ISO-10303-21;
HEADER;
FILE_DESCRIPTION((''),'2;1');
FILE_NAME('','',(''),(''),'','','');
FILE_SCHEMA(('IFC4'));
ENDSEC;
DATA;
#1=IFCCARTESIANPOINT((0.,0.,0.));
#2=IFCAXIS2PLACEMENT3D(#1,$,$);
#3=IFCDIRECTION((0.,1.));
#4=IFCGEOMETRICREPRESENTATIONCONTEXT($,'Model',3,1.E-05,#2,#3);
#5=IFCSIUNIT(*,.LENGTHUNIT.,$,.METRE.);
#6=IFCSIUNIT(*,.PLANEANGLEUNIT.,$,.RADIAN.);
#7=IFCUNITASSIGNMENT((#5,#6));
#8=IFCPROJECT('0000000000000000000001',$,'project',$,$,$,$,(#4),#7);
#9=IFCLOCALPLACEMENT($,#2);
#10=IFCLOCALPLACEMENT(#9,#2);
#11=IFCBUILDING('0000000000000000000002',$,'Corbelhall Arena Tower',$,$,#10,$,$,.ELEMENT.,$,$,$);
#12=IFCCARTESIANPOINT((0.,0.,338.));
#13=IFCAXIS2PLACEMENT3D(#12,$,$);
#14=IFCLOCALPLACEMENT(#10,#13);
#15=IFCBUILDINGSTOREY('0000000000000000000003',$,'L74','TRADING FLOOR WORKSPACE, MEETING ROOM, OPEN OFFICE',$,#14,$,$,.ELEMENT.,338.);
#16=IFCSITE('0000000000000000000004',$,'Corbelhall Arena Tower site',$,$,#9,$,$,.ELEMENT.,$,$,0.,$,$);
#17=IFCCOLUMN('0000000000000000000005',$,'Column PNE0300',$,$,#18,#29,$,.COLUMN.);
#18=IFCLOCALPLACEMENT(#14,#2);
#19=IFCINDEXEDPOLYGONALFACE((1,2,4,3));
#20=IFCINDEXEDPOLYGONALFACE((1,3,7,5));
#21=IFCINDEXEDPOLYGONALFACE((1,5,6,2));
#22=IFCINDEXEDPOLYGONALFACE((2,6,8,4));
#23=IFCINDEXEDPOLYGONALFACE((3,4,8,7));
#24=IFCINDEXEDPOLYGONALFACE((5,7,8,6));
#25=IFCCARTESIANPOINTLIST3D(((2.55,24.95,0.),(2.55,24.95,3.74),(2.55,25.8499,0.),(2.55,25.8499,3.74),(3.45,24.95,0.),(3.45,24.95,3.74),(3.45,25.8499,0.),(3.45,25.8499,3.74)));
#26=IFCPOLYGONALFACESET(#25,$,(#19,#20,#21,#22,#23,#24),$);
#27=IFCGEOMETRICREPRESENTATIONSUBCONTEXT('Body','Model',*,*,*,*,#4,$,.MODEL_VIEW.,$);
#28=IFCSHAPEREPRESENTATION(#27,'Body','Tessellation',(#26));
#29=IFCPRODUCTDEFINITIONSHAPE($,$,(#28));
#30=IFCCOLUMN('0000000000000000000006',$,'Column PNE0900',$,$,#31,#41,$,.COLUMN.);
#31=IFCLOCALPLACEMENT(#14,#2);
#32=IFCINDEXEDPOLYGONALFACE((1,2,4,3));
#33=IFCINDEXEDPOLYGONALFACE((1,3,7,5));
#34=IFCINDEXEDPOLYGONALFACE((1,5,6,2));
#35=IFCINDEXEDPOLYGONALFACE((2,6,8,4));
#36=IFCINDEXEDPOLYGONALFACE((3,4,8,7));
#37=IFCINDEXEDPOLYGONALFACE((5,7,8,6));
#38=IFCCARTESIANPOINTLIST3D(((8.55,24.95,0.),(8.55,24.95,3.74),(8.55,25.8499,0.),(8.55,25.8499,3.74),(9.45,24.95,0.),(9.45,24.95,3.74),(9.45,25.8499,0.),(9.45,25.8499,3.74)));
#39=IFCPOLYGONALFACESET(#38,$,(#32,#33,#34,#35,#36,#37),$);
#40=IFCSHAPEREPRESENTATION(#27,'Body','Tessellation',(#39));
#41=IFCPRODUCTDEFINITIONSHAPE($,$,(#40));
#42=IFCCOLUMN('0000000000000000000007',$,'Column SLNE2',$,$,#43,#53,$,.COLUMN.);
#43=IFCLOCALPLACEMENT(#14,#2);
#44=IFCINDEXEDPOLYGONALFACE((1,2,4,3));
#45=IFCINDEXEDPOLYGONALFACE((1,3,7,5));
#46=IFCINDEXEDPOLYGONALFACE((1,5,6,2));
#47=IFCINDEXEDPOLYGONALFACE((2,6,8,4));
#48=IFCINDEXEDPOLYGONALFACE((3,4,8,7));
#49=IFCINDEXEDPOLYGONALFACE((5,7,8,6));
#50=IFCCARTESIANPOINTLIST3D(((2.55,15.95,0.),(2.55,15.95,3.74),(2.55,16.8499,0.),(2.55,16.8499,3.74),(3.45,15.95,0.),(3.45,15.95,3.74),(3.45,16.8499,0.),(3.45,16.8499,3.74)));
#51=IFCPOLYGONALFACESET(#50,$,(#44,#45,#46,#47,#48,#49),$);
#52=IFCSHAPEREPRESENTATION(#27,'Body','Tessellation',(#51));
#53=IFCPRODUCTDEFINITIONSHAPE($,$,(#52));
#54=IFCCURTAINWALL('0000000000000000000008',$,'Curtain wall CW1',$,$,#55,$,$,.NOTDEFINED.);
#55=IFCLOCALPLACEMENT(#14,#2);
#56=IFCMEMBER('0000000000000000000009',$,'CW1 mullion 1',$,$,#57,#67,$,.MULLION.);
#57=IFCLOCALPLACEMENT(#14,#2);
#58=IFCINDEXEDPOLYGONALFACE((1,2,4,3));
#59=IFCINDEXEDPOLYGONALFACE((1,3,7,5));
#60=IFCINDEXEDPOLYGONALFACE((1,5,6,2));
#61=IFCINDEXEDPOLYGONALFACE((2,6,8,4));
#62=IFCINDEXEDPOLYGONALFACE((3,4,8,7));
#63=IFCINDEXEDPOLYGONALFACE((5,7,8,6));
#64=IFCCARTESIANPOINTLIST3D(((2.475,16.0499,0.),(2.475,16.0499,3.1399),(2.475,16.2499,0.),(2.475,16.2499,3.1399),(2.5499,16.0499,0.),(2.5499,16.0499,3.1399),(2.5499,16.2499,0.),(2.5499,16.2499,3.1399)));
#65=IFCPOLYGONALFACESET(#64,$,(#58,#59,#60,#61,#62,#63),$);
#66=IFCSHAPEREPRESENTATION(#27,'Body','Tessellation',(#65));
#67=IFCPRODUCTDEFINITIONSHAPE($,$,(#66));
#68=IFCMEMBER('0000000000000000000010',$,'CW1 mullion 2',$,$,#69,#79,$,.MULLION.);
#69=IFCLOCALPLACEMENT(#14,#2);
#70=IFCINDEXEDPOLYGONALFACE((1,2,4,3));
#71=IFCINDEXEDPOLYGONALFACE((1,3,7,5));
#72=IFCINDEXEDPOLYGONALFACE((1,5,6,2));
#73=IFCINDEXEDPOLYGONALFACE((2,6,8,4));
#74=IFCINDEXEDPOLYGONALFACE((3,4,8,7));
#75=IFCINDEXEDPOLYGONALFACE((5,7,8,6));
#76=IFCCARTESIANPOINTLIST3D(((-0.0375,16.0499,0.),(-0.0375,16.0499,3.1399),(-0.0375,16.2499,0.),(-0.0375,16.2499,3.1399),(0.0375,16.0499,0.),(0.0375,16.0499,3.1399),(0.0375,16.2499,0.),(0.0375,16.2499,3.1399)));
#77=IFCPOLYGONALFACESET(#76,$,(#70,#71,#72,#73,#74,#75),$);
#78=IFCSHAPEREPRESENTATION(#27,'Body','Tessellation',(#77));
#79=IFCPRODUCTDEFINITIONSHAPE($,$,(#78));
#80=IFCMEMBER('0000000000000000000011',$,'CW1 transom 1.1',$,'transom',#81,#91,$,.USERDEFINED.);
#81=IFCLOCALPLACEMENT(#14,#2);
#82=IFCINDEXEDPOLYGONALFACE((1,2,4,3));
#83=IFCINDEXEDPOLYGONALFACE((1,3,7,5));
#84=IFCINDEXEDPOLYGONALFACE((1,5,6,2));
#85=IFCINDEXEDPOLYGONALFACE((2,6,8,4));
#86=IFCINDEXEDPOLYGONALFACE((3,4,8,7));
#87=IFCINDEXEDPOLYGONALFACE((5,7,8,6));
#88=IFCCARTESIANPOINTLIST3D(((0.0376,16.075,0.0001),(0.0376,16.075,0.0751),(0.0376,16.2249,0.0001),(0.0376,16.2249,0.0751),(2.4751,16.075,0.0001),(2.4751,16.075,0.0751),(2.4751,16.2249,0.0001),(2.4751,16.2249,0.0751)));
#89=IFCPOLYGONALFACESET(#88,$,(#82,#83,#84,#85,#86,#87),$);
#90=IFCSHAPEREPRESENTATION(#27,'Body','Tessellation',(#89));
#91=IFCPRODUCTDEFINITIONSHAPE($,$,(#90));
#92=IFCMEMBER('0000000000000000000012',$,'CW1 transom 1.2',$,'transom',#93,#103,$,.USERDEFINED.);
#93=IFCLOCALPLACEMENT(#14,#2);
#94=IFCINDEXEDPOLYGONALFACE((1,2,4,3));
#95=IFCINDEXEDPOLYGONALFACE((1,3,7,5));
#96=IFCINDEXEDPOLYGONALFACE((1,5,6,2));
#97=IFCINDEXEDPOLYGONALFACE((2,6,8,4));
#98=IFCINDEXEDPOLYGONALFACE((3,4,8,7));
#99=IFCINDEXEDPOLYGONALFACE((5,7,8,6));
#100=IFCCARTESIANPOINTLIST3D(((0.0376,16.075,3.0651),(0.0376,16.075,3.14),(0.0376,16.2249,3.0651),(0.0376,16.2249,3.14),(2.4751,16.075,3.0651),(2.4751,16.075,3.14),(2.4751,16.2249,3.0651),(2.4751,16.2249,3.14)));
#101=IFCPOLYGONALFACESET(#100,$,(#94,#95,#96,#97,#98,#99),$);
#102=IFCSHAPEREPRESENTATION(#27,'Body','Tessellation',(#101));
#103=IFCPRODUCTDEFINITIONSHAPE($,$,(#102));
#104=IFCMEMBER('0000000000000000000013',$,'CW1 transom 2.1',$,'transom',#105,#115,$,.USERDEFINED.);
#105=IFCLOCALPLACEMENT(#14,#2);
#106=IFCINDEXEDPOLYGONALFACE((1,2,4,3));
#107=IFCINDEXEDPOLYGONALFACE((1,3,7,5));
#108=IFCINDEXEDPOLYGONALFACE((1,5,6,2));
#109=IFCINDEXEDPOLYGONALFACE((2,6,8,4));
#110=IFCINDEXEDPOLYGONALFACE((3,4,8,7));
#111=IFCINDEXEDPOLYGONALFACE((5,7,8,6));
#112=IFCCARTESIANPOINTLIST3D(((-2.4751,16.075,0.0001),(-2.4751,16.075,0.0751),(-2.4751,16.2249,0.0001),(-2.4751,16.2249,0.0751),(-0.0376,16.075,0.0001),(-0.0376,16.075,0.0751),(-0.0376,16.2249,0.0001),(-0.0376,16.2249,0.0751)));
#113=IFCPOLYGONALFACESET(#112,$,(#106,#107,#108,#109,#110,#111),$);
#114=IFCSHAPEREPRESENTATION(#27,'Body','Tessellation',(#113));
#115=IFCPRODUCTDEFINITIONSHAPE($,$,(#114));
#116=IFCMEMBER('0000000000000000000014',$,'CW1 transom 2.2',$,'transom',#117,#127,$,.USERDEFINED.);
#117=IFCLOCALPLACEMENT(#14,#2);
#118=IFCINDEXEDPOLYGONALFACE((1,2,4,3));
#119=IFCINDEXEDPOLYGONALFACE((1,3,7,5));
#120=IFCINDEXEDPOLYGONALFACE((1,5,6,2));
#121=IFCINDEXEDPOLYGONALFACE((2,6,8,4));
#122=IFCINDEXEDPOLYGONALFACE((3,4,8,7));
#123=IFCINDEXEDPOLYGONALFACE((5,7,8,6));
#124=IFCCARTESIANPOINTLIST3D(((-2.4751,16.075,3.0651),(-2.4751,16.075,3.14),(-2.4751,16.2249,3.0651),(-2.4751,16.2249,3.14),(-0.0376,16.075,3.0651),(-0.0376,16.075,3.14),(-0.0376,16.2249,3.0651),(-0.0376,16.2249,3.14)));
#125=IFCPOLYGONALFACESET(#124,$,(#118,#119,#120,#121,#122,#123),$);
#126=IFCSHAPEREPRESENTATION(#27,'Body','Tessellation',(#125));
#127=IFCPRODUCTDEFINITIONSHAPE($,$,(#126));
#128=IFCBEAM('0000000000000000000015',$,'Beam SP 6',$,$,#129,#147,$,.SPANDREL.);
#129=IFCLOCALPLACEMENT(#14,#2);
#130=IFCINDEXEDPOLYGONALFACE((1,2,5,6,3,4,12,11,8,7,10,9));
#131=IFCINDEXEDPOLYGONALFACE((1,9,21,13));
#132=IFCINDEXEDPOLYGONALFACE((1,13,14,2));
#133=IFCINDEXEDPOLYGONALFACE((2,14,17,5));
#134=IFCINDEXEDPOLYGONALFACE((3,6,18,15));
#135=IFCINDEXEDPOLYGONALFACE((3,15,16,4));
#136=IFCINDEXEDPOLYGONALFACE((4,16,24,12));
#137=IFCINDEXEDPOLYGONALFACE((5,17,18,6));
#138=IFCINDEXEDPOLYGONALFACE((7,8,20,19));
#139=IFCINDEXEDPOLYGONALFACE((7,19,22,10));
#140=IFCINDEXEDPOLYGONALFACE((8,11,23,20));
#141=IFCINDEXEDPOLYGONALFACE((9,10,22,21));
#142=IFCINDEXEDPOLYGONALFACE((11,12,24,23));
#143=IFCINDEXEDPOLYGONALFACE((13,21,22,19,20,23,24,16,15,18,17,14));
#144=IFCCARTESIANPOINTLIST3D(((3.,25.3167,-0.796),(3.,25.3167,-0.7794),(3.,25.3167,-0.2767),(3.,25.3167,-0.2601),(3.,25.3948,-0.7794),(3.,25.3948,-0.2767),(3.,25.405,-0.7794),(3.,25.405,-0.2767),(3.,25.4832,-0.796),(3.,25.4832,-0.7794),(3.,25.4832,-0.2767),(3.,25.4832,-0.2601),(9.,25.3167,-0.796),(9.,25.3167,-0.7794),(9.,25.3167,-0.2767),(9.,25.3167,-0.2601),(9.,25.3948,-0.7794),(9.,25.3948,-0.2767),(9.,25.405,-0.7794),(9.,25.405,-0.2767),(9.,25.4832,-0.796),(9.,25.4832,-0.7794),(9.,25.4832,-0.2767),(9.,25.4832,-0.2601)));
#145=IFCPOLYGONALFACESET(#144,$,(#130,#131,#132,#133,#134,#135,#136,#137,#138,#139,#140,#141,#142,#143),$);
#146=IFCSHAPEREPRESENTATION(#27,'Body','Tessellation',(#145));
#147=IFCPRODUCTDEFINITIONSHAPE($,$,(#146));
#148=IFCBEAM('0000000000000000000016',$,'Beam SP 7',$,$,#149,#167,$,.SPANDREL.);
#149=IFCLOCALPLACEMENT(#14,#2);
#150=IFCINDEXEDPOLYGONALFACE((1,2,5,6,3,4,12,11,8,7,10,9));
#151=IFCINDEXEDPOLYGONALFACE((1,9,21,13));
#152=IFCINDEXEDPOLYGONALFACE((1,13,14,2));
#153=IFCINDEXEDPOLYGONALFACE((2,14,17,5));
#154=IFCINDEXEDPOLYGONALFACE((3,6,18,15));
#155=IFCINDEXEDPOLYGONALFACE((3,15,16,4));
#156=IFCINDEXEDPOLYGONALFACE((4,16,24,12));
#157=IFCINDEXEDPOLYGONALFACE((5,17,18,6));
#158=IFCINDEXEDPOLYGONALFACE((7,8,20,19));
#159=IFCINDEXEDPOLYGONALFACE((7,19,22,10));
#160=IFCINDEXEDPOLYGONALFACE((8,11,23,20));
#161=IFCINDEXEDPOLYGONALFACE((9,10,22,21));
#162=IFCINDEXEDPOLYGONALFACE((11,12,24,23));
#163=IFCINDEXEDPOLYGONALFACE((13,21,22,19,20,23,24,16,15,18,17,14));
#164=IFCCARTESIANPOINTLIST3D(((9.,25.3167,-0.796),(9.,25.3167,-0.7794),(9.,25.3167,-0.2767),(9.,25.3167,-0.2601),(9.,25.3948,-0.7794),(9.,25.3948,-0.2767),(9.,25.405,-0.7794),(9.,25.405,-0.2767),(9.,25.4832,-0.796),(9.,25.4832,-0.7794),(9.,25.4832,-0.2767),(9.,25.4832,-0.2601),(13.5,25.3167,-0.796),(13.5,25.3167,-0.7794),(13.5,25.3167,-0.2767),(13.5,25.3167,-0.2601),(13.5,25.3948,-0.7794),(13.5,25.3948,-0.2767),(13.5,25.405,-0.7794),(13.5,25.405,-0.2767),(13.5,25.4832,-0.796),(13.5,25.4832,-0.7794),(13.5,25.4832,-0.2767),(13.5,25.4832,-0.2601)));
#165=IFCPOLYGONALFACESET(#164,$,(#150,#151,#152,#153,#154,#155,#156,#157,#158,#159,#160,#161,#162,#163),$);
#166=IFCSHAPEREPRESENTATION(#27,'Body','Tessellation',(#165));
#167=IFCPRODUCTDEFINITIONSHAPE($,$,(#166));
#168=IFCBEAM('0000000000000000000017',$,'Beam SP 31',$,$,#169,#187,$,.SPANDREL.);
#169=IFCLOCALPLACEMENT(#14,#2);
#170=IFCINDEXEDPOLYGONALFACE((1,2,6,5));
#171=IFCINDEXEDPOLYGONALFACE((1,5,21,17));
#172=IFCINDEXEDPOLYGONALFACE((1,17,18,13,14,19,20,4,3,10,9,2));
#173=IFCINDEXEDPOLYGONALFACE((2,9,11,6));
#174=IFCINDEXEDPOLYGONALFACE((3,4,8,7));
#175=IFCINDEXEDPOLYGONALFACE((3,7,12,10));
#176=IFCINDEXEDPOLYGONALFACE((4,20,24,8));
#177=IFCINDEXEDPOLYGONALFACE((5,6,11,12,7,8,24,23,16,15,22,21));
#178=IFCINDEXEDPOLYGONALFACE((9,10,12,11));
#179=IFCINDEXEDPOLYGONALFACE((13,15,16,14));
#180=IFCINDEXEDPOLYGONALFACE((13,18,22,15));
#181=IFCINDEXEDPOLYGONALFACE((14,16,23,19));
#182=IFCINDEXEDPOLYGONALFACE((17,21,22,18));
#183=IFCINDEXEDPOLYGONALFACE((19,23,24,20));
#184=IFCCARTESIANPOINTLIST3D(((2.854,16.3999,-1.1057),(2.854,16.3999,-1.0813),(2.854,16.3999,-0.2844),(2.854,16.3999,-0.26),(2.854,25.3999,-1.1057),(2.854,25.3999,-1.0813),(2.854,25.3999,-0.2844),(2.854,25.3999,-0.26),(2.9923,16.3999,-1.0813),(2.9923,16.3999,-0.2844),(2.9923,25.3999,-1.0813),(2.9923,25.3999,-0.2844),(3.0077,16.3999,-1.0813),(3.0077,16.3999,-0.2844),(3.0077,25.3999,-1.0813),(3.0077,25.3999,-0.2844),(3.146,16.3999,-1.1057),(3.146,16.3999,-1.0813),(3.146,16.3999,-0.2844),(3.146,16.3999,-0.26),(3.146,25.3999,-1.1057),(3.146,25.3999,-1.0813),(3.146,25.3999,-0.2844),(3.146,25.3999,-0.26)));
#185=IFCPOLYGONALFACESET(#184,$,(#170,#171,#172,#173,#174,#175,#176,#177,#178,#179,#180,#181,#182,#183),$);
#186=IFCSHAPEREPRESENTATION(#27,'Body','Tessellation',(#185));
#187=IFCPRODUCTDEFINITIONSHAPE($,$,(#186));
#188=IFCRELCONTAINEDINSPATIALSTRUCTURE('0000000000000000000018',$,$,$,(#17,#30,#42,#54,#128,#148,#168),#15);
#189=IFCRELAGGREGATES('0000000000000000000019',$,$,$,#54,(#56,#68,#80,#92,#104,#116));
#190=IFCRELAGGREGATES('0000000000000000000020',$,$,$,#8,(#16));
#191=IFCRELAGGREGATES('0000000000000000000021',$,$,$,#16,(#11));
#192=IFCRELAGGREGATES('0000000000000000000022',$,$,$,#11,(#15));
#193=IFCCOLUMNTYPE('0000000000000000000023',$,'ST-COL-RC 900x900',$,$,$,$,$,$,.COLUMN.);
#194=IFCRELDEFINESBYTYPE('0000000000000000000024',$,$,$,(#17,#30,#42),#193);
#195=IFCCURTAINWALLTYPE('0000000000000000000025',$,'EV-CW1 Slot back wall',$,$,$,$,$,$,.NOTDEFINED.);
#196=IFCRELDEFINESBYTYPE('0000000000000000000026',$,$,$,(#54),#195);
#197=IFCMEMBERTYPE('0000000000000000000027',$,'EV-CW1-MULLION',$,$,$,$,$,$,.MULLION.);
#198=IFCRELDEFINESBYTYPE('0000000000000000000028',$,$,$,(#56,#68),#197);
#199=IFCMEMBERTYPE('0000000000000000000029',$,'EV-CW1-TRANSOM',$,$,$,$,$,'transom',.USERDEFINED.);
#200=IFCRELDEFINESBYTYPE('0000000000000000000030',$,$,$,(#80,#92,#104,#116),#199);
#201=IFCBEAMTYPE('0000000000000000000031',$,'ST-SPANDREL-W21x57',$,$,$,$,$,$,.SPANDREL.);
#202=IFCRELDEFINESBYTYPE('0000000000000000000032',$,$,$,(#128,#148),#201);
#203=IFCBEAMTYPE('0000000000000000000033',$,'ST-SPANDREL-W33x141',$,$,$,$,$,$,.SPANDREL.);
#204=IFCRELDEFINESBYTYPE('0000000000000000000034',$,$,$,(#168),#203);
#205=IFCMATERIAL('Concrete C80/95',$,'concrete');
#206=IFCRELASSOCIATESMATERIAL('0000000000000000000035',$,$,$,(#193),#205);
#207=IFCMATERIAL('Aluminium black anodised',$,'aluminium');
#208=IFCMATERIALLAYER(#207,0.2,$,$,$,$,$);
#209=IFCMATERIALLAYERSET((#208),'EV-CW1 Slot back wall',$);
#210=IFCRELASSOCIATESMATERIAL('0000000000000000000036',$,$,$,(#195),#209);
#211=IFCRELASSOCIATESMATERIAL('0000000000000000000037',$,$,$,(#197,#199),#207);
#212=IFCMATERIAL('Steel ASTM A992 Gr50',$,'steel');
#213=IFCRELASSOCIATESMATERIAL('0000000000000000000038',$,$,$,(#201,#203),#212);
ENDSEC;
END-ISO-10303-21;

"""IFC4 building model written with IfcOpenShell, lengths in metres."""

from ifc_helpers import new_model, si_unit, direction, frame, origin, origin_2d, place, context, subcontext, project, spatial, rectangle, i_section, extrude, material, layer, layer_set, material_profile, profile_set, type_object, element, aggregate, save


model = new_model("IFC4")

# Units and contexts
model_context = context("Model", 3, precision=1e-05, world=origin(), true_north=direction((0.0, 1.0)))
body_context = subcontext(model_context, "Body", "Model", "MODEL_VIEW")
ifc_project = project(units=[si_unit("LENGTHUNIT", "METRE"), si_unit("PLANEANGLEUNIT", "RADIAN")], contexts=[model_context])

# Site, building, storey
site_placement = place(None, origin())
site = spatial("IfcSite", under=ifc_project, at=site_placement, Name="Corbelhall Arena Tower site", CompositionType="ELEMENT", RefElevation=0.0)
building_placement = place(site_placement, origin())
building = spatial("IfcBuilding", under=site, at=building_placement, Name="Corbelhall Arena Tower", CompositionType="ELEMENT")
storey_placement = place(building_placement, frame((0.0, 0.0, 338.0)))
storey = spatial("IfcBuildingStorey", under=building, at=storey_placement, Name="L74", Description="TRADING FLOOR WORKSPACE, MEETING ROOM, OPEN OFFICE", CompositionType="ELEMENT", Elevation=338.0)

# Columns
ifc_material_1 = material(Name="Concrete C80/95", Category="concrete")
ifc_material_profile_1 = material_profile(ifc_material_1, rectangle(XDim=0.8999, YDim=0.8999, at=origin_2d()))
ifc_profile_set_1 = profile_set([ifc_material_profile_1], Name="Concrete C80/95")
column_type = type_object("IfcColumnType", Name="ST-COL-RC 900x900", PredefinedType="COLUMN", material=ifc_profile_set_1)
for number, where, z_axis, x_axis, name in (
    (1, (3.0, 25.3999, 0.0), (0.0, 0.0, 1.0), (1.0, 0.0, 0.0), "Column PNE0300"),
    (2, (9.0, 25.3999, 0.0), (0.0, 0.0, 1.0), (1.0, 0.0, 0.0), "Column PNE0900"),
    (3, (3.0, 16.3999, 0.0), (0.0, 0.0, 1.0), (1.0, 0.0, 0.0), "Column SLNE2"),
):
    element("IfcColumn", number, at=place(storey_placement, frame(where, z_axis=z_axis, x_axis=x_axis)), inside=storey, type_object=column_type, Name=name, PredefinedType="COLUMN", context=body_context, shape_type="SweptSolid", body=[
        extrude(rectangle(XDim=0.8999, YDim=0.8999, at=origin_2d()), origin(), (0.0, 0.0, 1.0), 3.74),
    ])

# Curtain wall, members
ifc_material_2 = material(Name="Aluminium black anodised", Category="aluminium")
ifc_layer_1 = layer(ifc_material_2, 0.2)
ifc_layer_set_1 = layer_set([ifc_layer_1], Name="EV-CW1 Slot back wall")
curtain_wall_type = type_object("IfcCurtainWallType", Name="EV-CW1 Slot back wall", PredefinedType="NOTDEFINED", material=ifc_layer_set_1)
curtain_wall_placement = place(storey_placement, origin())
curtain_wall = element("IfcCurtainWall", 4, at=curtain_wall_placement, inside=storey, type_object=curtain_wall_type, Name="Curtain wall CW1", PredefinedType="NOTDEFINED")
ifc_material_profile_2 = material_profile(ifc_material_2, rectangle(XDim=0.2, YDim=0.075, at=origin_2d()))
ifc_profile_set_2 = profile_set([ifc_material_profile_2], Name="Aluminium black anodised")
member_type_1 = type_object("IfcMemberType", Name="EV-CW1-MULLION", PredefinedType="MULLION", material=ifc_profile_set_2)
member_1_placement = place(storey_placement, frame((2.5125, 16.1499, 0.0), z_axis=(0.0, 0.0, 1.0), x_axis=(0.0, -1.0, 0.0)))
member_1 = element("IfcMember", 5, at=member_1_placement, type_object=member_type_1, Name="CW1 mullion 1", PredefinedType="MULLION", context=body_context, shape_type="SweptSolid", body=[
    extrude(rectangle(XDim=0.2, YDim=0.075, at=origin_2d()), origin(), (0.0, 0.0, 1.0), 3.1399),
])
member_2_placement = place(storey_placement, frame((0.0, 16.1499, 0.0), z_axis=(0.0, 0.0, 1.0), x_axis=(0.0, -1.0, 0.0)))
member_2 = element("IfcMember", 6, at=member_2_placement, type_object=member_type_1, Name="CW1 mullion 2", PredefinedType="MULLION", context=body_context, shape_type="SweptSolid", body=[
    extrude(rectangle(XDim=0.2, YDim=0.075, at=origin_2d()), origin(), (0.0, 0.0, 1.0), 3.1399),
])
ifc_material_profile_3 = material_profile(ifc_material_2, rectangle(XDim=0.1499, YDim=0.075, at=origin_2d()))
ifc_profile_set_3 = profile_set([ifc_material_profile_3], Name="Aluminium black anodised")
member_type_2 = type_object("IfcMemberType", Name="EV-CW1-TRANSOM", ElementType="transom", PredefinedType="USERDEFINED", material=ifc_profile_set_3)
member_3_placement = place(storey_placement, frame((2.4751, 16.1499, 0.0376), z_axis=(-1.0, 0.0, 0.0), x_axis=(0.0, -1.0, 0.0)))
member_3 = element("IfcMember", 7, at=member_3_placement, type_object=member_type_2, Name="CW1 transom 1.1", ObjectType="transom", PredefinedType="USERDEFINED", context=body_context, shape_type="SweptSolid", body=[
    extrude(rectangle(XDim=0.1499, YDim=0.075, at=origin_2d()), origin(), (0.0, 0.0, 1.0), 2.4375),
])
member_4_placement = place(storey_placement, frame((2.4751, 16.1499, 3.1025), z_axis=(-1.0, 0.0, 0.0), x_axis=(0.0, -1.0, 0.0)))
member_4 = element("IfcMember", 8, at=member_4_placement, type_object=member_type_2, Name="CW1 transom 1.2", ObjectType="transom", PredefinedType="USERDEFINED", context=body_context, shape_type="SweptSolid", body=[
    extrude(rectangle(XDim=0.1499, YDim=0.075, at=origin_2d()), origin(), (0.0, 0.0, 1.0), 2.4375),
])
member_5_placement = place(storey_placement, frame((-0.0376, 16.1499, 0.0376), z_axis=(-1.0, 0.0, 0.0), x_axis=(0.0, -1.0, 0.0)))
member_5 = element("IfcMember", 9, at=member_5_placement, type_object=member_type_2, Name="CW1 transom 2.1", ObjectType="transom", PredefinedType="USERDEFINED", context=body_context, shape_type="SweptSolid", body=[
    extrude(rectangle(XDim=0.1499, YDim=0.075, at=origin_2d()), origin(), (0.0, 0.0, 1.0), 2.4375),
])
member_6_placement = place(storey_placement, frame((-0.0376, 16.1499, 3.1025), z_axis=(-1.0, 0.0, 0.0), x_axis=(0.0, -1.0, 0.0)))
member_6 = element("IfcMember", 10, at=member_6_placement, type_object=member_type_2, Name="CW1 transom 2.2", ObjectType="transom", PredefinedType="USERDEFINED", context=body_context, shape_type="SweptSolid", body=[
    extrude(rectangle(XDim=0.1499, YDim=0.075, at=origin_2d()), origin(), (0.0, 0.0, 1.0), 2.4375),
])

# Beams
ifc_material_3 = material(Name="Steel ASTM A992 Gr50", Category="steel")
ifc_material_profile_4 = material_profile(ifc_material_3, i_section(OverallWidth=0.1665, OverallDepth=0.5359, WebThickness=0.0103, FlangeThickness=0.0166, at=origin_2d()))
ifc_profile_set_4 = profile_set([ifc_material_profile_4], Name="Steel ASTM A992 Gr50")
beam_type_1 = type_object("IfcBeamType", Name="ST-SPANDREL-W21x57", PredefinedType="SPANDREL", material=ifc_profile_set_4)
beam_1_placement = place(storey_placement, frame((3.0, 25.3999, -0.5281), z_axis=(1.0, 0.0, 0.0), x_axis=(0.0, 1.0, 0.0)))
element("IfcBeam", 11, at=beam_1_placement, inside=storey, type_object=beam_type_1, Name="Beam SP 6", PredefinedType="SPANDREL", context=body_context, shape_type="SweptSolid", body=[
    extrude(i_section(OverallWidth=0.1665, OverallDepth=0.5359, WebThickness=0.0103, FlangeThickness=0.0166, at=origin_2d()), origin(), (0.0, 0.0, 1.0), 6.0),
])
beam_2_placement = place(storey_placement, frame((9.0, 25.3999, -0.5281), z_axis=(1.0, 0.0, 0.0), x_axis=(0.0, 1.0, 0.0)))
element("IfcBeam", 12, at=beam_2_placement, inside=storey, type_object=beam_type_1, Name="Beam SP 7", PredefinedType="SPANDREL", context=body_context, shape_type="SweptSolid", body=[
    extrude(i_section(OverallWidth=0.1665, OverallDepth=0.5359, WebThickness=0.0103, FlangeThickness=0.0166, at=origin_2d()), origin(), (0.0, 0.0, 1.0), 4.5),
])
ifc_material_profile_5 = material_profile(ifc_material_3, i_section(OverallWidth=0.292, OverallDepth=0.8457, WebThickness=0.0154, FlangeThickness=0.0244, at=origin_2d()))
ifc_profile_set_5 = profile_set([ifc_material_profile_5], Name="Steel ASTM A992 Gr50")
beam_type_2 = type_object("IfcBeamType", Name="ST-SPANDREL-W33x141", PredefinedType="SPANDREL", material=ifc_profile_set_5)
beam_3_placement = place(storey_placement, frame((3.0, 16.3999, -0.6829), z_axis=(0.0, 1.0, 0.0), x_axis=(-1.0, 0.0, 0.0)))
element("IfcBeam", 13, at=beam_3_placement, inside=storey, type_object=beam_type_2, Name="Beam SP 31", PredefinedType="SPANDREL", context=body_context, shape_type="SweptSolid", body=[
    extrude(i_section(OverallWidth=0.292, OverallDepth=0.8457, WebThickness=0.0154, FlangeThickness=0.0244, at=origin_2d()), origin(), (0.0, 0.0, 1.0), 9.0),
])

aggregate(curtain_wall, [member_1, member_2, member_3, member_4, member_5, member_6])

save(model, "model.ifc")
